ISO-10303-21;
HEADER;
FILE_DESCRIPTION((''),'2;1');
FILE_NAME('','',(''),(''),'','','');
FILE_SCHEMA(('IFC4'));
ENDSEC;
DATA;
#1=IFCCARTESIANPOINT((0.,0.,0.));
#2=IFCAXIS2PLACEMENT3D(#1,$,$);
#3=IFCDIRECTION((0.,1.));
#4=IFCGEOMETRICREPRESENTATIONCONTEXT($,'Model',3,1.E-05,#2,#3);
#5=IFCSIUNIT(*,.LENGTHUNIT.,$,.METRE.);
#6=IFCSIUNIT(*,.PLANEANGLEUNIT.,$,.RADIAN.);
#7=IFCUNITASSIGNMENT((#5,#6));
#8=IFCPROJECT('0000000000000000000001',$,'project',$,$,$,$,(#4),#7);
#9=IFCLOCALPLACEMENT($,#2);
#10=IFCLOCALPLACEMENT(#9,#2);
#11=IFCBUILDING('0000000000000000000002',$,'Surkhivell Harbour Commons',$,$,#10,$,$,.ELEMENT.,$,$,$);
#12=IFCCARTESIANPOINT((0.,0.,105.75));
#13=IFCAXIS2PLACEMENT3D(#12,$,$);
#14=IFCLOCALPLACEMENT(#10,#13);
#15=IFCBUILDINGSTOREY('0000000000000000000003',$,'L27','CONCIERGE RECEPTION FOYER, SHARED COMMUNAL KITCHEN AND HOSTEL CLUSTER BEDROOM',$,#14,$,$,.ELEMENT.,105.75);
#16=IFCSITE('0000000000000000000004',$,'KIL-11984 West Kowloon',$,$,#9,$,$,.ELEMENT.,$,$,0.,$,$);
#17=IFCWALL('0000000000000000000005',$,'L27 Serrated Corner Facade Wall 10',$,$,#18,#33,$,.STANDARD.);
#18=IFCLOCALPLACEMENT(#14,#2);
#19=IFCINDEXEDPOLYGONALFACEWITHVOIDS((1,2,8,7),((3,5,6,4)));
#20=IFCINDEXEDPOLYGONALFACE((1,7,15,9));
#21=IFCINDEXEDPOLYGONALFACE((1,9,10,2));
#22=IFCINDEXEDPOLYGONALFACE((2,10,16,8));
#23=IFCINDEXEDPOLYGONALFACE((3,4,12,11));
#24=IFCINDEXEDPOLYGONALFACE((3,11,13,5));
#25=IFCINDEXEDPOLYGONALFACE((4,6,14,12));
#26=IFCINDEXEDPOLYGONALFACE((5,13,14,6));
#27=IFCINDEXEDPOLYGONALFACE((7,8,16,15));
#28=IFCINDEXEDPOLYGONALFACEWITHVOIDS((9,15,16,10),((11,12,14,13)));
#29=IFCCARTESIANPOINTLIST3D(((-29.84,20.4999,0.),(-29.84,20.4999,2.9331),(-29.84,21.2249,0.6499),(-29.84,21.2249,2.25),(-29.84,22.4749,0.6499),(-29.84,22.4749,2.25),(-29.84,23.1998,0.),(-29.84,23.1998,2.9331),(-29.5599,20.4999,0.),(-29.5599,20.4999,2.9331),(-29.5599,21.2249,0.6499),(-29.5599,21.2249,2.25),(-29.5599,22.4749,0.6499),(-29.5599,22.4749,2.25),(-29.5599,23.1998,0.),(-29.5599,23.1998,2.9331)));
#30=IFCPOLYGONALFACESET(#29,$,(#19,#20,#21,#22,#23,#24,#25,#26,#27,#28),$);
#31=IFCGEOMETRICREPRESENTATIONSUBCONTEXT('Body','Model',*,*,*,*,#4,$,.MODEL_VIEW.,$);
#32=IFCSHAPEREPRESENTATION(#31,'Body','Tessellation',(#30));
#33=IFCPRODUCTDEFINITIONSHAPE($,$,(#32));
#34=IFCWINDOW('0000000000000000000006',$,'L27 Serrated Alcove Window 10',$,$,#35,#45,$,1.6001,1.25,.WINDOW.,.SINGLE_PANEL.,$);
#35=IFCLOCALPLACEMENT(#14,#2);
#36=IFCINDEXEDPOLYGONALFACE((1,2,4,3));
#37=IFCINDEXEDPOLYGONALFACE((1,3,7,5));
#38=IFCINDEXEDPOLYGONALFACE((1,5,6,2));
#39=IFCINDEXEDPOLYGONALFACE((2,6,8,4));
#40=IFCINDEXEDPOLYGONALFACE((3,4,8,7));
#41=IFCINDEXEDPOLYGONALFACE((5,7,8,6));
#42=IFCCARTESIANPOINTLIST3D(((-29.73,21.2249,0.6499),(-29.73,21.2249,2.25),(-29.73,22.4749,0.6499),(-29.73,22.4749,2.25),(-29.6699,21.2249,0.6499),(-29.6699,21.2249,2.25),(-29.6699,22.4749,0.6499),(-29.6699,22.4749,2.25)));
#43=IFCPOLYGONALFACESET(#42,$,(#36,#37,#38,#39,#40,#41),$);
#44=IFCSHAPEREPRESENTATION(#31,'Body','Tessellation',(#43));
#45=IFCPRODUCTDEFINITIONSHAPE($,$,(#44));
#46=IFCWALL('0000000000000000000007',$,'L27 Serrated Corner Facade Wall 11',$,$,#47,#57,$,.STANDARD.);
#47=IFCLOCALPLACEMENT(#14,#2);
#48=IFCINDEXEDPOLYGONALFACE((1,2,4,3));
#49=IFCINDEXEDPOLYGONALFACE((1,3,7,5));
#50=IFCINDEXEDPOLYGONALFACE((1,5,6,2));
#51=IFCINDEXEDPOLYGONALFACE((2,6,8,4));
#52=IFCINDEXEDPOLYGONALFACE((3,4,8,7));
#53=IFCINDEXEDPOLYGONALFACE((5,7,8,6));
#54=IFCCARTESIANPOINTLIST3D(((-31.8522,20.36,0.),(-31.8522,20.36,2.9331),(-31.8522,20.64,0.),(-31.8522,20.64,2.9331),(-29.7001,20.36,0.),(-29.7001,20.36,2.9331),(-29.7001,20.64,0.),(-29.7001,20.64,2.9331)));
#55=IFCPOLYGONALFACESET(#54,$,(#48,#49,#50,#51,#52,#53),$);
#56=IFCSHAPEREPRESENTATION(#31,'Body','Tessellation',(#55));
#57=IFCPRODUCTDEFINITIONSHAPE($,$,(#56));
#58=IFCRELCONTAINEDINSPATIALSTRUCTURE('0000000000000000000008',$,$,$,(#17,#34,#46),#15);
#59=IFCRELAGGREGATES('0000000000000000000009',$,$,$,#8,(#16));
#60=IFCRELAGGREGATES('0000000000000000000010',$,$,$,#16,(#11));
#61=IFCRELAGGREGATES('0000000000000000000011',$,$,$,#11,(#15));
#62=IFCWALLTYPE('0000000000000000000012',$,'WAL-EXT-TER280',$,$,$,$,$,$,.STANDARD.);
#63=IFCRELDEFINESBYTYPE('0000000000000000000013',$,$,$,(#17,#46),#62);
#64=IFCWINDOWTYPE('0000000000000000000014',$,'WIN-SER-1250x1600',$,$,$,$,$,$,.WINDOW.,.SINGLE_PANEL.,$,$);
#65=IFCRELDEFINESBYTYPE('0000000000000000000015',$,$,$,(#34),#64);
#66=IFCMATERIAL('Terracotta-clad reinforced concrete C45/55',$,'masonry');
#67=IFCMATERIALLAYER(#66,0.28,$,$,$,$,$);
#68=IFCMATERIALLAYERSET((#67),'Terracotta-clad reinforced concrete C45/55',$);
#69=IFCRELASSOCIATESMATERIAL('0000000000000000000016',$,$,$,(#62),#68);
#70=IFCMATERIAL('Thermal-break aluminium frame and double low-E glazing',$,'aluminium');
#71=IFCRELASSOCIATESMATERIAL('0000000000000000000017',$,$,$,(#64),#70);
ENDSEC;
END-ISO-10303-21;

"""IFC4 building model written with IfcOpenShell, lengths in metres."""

from ifc_helpers import new_model, si_unit, direction, frame, frame_2d, origin, place, context, subcontext, project, spatial, rectangle, extrude, material, layer, layer_set, type_object, element, fill, save


model = new_model("IFC4")

# Units and contexts
model_context = context("Model", 3, precision=1e-05, world=origin(), true_north=direction((0.0, 1.0)))
body_context = subcontext(model_context, "Body", "Model", "MODEL_VIEW")
ifc_project = project(units=[si_unit("LENGTHUNIT", "METRE"), si_unit("PLANEANGLEUNIT", "RADIAN")], contexts=[model_context])

# Site, building, storey
site_placement = place(None, origin())
site = spatial("IfcSite", under=ifc_project, at=site_placement, Name="KIL-11984 West Kowloon", CompositionType="ELEMENT", RefElevation=0.0)
building_placement = place(site_placement, origin())
building = spatial("IfcBuilding", under=site, at=building_placement, Name="Surkhivell Harbour Commons", CompositionType="ELEMENT")
storey_placement = place(building_placement, frame((0.0, 0.0, 105.75)))
storey = spatial("IfcBuildingStorey", under=building, at=storey_placement, Name="L27", Description="CONCIERGE RECEPTION FOYER, SHARED COMMUNAL KITCHEN AND HOSTEL CLUSTER BEDROOM", CompositionType="ELEMENT", Elevation=105.75)

# Shared definitions
ifc_material_1 = material(Name="Terracotta-clad reinforced concrete C45/55", Category="masonry")
ifc_layer_1 = layer(ifc_material_1, 0.28)
ifc_layer_set_1 = layer_set([ifc_layer_1], Name="Terracotta-clad reinforced concrete C45/55")
wall_type = type_object("IfcWallType", Name="WAL-EXT-TER280", PredefinedType="STANDARD", material=ifc_layer_set_1)

# Wall, opening, window
wall_1_placement = place(storey_placement, frame((-29.7, 23.2, 0.0), z_axis=(0.0, 0.0, 1.0), x_axis=(0.0, -1.0, 0.0)))
wall_1 = element("IfcWall", 1, at=wall_1_placement, inside=storey, type_object=wall_type, Name="L27 Serrated Corner Facade Wall 10", PredefinedType="STANDARD", context=body_context, shape_type="SweptSolid", body=[
    extrude(rectangle(XDim=2.7, YDim=0.28, at=frame_2d((1.3501, 0.0))), origin(), (0.0, 0.0, 1.0), 2.9331),
])
opening_placement = place(wall_1_placement, frame((0.7251, 0.0, 0.6499)))
opening = element("IfcOpeningElement", 2, at=opening_placement, cuts=wall_1, PredefinedType="OPENING", context=body_context, shape_type="SweptSolid", body=[
    extrude(rectangle(XDim=1.25, YDim=1.6001, at=frame_2d((0.625, 0.8))), frame((0.0, 0.1499, 0.0), z_axis=(0.0, -1.0, 0.0), x_axis=(1.0, 0.0, 0.0)), (0.0, 0.0, 1.0), 0.3),
])
ifc_material_2 = material(Name="Thermal-break aluminium frame and double low-E glazing", Category="aluminium")
window_type = type_object("IfcWindowType", Name="WIN-SER-1250x1600", PartitioningType="SINGLE_PANEL", PredefinedType="WINDOW", material=ifc_material_2)
window_placement = place(opening_placement, origin())
window = element("IfcWindow", 3, at=window_placement, inside=storey, type_object=window_type, Name="L27 Serrated Alcove Window 10", OverallHeight=1.6001, OverallWidth=1.25, PartitioningType="SINGLE_PANEL", PredefinedType="WINDOW", context=body_context, shape_type="SweptSolid", body=[
    extrude(rectangle(XDim=1.25, YDim=1.6001, at=frame_2d((0.625, 0.8))), frame((0.0, 0.03, 0.0), z_axis=(0.0, -1.0, 0.0), x_axis=(1.0, 0.0, 0.0)), (0.0, 0.0, 1.0), 0.0601),
])
fill(opening, window)

# Wall
wall_2_placement = place(storey_placement, frame((-29.7, 20.5, 0.0), z_axis=(0.0, 0.0, 1.0), x_axis=(-1.0, 0.0, 0.0)))
element("IfcWall", 4, at=wall_2_placement, inside=storey, type_object=wall_type, Name="L27 Serrated Corner Facade Wall 11", PredefinedType="STANDARD", context=body_context, shape_type="SweptSolid", body=[
    extrude(rectangle(XDim=2.1521, YDim=0.28, at=frame_2d((1.0762, 0.0))), origin(), (0.0, 0.0, 1.0), 2.9331),
])

save(model, "model.ifc")
